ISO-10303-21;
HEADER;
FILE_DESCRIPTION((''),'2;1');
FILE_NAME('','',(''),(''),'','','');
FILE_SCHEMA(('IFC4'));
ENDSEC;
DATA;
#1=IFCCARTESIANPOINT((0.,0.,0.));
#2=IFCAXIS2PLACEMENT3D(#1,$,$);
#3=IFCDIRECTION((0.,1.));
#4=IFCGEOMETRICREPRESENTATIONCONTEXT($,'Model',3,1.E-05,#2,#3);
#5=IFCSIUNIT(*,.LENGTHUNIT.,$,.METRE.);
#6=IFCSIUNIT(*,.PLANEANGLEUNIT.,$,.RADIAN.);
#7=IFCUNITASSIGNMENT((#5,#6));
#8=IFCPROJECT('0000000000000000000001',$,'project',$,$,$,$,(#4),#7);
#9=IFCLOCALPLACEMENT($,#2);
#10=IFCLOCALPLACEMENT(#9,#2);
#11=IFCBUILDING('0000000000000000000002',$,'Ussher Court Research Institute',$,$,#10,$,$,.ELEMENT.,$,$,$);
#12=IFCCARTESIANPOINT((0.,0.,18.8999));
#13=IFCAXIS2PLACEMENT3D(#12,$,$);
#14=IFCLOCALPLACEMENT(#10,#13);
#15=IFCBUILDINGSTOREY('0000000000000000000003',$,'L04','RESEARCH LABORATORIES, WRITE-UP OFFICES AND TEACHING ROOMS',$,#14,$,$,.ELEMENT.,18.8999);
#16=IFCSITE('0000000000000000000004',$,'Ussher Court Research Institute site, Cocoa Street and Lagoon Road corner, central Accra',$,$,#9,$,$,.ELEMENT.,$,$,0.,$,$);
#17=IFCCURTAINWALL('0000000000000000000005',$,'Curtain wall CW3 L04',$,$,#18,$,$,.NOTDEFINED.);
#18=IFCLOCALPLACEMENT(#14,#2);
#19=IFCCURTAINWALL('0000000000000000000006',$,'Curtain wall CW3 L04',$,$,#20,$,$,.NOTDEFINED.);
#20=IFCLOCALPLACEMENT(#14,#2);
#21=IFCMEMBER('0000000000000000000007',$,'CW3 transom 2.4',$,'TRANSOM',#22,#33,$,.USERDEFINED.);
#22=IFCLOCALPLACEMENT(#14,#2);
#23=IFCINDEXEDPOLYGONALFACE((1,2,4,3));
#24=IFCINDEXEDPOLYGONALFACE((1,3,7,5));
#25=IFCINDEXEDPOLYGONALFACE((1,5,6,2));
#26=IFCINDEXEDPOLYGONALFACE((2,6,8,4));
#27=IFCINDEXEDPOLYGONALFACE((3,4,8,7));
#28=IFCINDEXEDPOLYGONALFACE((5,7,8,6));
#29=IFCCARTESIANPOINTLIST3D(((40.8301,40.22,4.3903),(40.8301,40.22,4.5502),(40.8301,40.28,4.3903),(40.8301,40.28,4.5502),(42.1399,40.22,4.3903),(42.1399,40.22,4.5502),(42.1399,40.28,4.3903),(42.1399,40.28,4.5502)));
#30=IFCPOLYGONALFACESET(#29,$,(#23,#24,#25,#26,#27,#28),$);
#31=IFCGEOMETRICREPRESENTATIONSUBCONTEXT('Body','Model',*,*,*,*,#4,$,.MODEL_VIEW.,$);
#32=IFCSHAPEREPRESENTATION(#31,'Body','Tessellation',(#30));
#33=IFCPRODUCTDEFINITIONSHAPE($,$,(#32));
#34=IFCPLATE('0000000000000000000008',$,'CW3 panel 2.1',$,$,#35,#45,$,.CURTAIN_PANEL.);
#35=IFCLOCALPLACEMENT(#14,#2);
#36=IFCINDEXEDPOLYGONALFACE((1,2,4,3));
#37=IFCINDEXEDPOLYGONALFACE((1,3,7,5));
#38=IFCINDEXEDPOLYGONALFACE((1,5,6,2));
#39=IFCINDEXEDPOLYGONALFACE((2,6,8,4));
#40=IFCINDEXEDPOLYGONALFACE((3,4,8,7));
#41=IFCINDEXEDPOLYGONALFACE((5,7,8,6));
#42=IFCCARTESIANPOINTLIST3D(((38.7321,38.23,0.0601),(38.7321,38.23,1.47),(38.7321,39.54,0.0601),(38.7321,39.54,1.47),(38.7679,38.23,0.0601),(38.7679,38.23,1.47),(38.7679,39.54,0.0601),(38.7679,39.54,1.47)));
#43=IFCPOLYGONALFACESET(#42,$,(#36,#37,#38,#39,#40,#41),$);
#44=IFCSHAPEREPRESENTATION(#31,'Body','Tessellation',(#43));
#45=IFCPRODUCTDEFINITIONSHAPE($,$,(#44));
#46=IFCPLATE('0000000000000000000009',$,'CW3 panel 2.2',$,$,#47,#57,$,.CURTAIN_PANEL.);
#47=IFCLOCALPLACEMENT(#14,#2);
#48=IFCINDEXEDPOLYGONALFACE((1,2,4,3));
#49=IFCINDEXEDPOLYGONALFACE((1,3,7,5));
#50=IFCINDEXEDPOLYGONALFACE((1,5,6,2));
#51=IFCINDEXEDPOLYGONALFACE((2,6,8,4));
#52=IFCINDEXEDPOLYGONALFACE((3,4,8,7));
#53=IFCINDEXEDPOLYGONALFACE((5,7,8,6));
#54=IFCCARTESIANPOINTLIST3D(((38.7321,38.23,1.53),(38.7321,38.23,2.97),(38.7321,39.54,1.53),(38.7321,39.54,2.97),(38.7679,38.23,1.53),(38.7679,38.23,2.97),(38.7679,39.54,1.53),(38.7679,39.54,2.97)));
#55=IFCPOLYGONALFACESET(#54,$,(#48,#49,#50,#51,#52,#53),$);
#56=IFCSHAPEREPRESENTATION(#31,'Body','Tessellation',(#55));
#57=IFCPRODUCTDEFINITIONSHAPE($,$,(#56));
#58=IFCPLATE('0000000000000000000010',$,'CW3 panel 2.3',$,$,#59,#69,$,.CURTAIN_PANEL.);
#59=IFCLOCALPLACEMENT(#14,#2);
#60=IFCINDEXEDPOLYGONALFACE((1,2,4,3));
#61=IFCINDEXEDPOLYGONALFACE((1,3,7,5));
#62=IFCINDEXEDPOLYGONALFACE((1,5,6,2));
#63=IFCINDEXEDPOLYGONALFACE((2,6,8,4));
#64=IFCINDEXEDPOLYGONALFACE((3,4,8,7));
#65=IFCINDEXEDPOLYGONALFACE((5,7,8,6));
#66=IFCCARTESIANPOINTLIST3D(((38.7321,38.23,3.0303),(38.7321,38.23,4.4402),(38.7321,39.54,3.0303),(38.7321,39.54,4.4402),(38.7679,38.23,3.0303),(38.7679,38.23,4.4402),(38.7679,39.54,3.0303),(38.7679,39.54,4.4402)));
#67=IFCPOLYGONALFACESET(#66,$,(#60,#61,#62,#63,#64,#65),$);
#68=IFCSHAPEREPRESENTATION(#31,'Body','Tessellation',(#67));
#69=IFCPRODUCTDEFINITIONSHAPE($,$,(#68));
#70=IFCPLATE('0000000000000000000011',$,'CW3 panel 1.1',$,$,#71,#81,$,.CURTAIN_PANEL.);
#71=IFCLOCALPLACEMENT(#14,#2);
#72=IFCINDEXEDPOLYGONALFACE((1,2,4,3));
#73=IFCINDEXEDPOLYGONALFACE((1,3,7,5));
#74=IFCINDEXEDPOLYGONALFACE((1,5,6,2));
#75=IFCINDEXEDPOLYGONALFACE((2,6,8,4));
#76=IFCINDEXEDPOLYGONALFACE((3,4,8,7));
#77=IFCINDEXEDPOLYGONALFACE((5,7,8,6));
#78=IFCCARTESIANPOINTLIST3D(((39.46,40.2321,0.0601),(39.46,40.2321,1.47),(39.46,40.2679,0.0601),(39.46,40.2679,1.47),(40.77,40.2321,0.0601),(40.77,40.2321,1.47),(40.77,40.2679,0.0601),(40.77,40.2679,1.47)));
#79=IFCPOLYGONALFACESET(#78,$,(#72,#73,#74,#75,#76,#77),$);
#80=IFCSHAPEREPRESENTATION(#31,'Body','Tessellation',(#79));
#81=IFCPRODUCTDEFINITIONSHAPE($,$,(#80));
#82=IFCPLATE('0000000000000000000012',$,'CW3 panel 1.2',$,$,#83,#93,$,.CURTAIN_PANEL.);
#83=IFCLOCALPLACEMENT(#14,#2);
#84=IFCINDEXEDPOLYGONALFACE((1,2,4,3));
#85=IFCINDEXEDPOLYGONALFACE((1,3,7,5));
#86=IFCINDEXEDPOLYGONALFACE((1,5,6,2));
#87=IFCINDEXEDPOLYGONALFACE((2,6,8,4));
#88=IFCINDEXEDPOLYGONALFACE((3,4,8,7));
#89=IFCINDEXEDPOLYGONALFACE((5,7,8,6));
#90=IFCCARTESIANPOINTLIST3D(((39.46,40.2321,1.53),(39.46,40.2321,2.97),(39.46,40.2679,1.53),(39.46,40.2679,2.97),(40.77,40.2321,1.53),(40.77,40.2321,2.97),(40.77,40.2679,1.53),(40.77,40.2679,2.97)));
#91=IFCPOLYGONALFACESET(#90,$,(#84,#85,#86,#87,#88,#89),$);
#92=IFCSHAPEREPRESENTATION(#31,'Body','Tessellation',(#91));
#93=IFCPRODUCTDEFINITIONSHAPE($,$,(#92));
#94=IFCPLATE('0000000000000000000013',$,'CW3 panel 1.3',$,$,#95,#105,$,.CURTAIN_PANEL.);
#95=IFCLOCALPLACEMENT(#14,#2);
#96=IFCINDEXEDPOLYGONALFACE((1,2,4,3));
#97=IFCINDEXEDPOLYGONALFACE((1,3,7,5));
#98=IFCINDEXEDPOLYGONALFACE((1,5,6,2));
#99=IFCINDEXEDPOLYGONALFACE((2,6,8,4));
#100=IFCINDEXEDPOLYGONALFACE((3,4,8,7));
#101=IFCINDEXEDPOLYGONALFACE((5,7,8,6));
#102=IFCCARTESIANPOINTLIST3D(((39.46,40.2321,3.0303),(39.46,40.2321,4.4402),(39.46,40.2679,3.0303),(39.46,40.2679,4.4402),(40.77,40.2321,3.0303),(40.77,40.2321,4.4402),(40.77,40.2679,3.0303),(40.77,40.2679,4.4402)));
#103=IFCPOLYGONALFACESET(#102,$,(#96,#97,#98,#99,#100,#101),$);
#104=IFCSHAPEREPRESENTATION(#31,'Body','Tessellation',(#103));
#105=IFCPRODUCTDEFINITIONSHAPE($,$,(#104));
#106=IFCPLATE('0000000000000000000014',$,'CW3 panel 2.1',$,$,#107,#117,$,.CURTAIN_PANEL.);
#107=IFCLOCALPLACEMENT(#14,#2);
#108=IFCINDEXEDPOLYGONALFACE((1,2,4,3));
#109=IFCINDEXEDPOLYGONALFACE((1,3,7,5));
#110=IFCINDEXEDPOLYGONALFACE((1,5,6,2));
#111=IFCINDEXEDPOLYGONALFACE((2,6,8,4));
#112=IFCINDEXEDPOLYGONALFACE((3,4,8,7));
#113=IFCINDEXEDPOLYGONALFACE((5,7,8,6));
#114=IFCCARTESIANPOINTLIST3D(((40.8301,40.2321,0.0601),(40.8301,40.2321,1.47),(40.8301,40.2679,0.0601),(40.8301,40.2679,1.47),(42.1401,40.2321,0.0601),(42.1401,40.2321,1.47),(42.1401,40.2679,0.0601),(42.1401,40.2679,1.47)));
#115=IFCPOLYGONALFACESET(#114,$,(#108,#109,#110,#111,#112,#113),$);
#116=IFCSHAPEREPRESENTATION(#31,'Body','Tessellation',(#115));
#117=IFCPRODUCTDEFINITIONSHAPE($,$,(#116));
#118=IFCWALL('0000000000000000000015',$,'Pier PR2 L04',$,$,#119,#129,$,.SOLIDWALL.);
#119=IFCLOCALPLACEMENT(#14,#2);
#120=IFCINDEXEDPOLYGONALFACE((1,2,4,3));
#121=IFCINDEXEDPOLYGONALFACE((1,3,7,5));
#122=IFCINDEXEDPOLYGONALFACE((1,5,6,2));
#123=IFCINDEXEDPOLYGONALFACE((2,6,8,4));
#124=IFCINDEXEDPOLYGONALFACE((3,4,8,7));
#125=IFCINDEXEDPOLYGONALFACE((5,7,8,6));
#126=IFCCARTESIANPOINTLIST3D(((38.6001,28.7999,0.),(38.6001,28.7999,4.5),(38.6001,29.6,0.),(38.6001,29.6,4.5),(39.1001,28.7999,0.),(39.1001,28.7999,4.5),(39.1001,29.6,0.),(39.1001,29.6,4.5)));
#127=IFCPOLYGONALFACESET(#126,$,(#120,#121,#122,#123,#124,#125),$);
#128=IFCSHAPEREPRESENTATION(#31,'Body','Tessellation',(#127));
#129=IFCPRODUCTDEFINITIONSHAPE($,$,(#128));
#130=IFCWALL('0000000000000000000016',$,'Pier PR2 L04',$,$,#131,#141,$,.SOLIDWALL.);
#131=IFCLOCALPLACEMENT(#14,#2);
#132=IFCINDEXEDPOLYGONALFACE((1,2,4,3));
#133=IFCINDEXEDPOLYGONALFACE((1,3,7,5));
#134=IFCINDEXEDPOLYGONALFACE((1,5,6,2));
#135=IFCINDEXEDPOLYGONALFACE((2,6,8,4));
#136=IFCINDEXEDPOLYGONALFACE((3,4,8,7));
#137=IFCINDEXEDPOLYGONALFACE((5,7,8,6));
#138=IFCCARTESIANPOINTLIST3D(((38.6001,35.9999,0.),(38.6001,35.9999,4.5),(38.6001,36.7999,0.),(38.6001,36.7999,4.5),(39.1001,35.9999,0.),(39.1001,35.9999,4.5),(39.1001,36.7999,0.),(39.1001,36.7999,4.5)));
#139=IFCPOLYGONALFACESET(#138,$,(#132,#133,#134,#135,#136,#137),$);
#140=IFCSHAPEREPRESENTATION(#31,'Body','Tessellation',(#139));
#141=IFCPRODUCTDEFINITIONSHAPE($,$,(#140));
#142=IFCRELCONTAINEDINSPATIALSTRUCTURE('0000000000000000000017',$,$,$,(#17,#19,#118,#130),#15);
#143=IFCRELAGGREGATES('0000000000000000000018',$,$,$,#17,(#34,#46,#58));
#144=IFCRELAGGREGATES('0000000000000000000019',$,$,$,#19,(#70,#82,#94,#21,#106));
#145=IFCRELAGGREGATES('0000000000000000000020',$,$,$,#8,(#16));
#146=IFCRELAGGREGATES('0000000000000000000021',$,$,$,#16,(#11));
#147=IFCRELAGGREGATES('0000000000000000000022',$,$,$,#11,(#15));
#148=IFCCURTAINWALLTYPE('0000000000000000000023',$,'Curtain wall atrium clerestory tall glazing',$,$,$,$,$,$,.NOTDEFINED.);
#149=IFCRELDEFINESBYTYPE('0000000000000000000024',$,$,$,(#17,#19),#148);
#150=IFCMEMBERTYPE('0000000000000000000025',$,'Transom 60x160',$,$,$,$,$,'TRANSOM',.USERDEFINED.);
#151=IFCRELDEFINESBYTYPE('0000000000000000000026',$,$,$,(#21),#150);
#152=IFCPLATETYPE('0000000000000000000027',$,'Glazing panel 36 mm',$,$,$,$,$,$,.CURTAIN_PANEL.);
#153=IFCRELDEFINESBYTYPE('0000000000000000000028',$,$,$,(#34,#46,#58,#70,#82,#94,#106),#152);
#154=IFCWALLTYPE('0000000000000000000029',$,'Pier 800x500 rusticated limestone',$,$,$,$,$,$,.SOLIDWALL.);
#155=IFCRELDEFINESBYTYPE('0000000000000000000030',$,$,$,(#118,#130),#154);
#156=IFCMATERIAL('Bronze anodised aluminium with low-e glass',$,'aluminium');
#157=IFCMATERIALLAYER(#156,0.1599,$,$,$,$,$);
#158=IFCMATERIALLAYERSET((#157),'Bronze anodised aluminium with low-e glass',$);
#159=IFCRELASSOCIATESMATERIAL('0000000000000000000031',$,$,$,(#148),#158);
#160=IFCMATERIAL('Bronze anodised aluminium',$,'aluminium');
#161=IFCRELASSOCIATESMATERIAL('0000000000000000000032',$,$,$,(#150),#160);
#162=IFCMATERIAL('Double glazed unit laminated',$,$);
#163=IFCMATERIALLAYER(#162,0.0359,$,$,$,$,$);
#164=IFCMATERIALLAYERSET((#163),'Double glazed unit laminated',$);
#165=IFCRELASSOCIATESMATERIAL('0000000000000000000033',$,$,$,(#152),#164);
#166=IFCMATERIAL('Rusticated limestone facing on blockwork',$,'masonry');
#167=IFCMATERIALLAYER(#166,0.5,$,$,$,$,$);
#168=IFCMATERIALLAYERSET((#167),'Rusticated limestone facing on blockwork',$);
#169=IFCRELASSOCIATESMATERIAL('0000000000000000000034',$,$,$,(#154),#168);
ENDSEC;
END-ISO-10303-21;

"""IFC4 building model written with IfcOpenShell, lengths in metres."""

from ifc_helpers import new_model, si_unit, direction, frame, frame_2d, origin, origin_2d, place, context, subcontext, project, spatial, rectangle, extrude, material, layer, layer_set, material_profile, profile_set, type_object, element, aggregate, save


model = new_model("IFC4")

# Units and contexts
model_context = context("Model", 3, precision=1e-05, world=origin(), true_north=direction((0.0, 1.0)))
body_context = subcontext(model_context, "Body", "Model", "MODEL_VIEW")
ifc_project = project(units=[si_unit("LENGTHUNIT", "METRE"), si_unit("PLANEANGLEUNIT", "RADIAN")], contexts=[model_context])

# Site, building, storey
site_placement = place(None, origin())
site = spatial("IfcSite", under=ifc_project, at=site_placement, Name="Ussher Court Research Institute site, Cocoa Street and Lagoon Road corner, central Accra", CompositionType="ELEMENT", RefElevation=0.0)
building_placement = place(site_placement, origin())
building = spatial("IfcBuilding", under=site, at=building_placement, Name="Ussher Court Research Institute", CompositionType="ELEMENT")
storey_placement = place(building_placement, frame((0.0, 0.0, 18.8999)))
storey = spatial("IfcBuildingStorey", under=building, at=storey_placement, Name="L04", Description="RESEARCH LABORATORIES, WRITE-UP OFFICES AND TEACHING ROOMS", CompositionType="ELEMENT", Elevation=18.8999)

# Curtain wall
ifc_material_1 = material(Name="Bronze anodised aluminium with low-e glass", Category="aluminium")
ifc_layer_1 = layer(ifc_material_1, 0.1599)
ifc_layer_set_1 = layer_set([ifc_layer_1], Name="Bronze anodised aluminium with low-e glass")
curtain_wall_type = type_object("IfcCurtainWallType", Name="Curtain wall atrium clerestory tall glazing", PredefinedType="NOTDEFINED", material=ifc_layer_set_1)
curtain_wall_1_placement = place(storey_placement, origin())
curtain_wall_1 = element("IfcCurtainWall", 1, at=curtain_wall_1_placement, inside=storey, type_object=curtain_wall_type, Name="Curtain wall CW3 L04", PredefinedType="NOTDEFINED")

# Curtain wall
curtain_wall_2_placement = place(storey_placement, origin())
curtain_wall_2 = element("IfcCurtainWall", 2, at=curtain_wall_2_placement, inside=storey, type_object=curtain_wall_type, Name="Curtain wall CW3 L04", PredefinedType="NOTDEFINED")

# Member
ifc_material_2 = material(Name="Bronze anodised aluminium", Category="aluminium")
ifc_material_profile_1 = material_profile(ifc_material_2, rectangle(XDim=0.0601, YDim=0.1599, at=origin_2d()), Name="Transom 60x160")
ifc_profile_set_1 = profile_set([ifc_material_profile_1], Name="Bronze anodised aluminium")
member_type_1 = type_object("IfcMemberType", Name="Transom 60x160", ElementType="TRANSOM", PredefinedType="USERDEFINED", material=ifc_profile_set_1)
member_1_placement = place(storey_placement, frame((40.8301, 40.25, 4.4702), z_axis=(1.0, 0.0, 0.0), x_axis=(0.0, 1.0, 0.0)))
member_1 = element("IfcMember", 3, at=member_1_placement, type_object=member_type_1, Name="CW3 transom 2.4", ObjectType="TRANSOM", PredefinedType="USERDEFINED", context=body_context, shape_type="SweptSolid", body=[
    extrude(rectangle(XDim=0.0601, YDim=0.1599, at=origin_2d()), origin(), (0.0, 0.0, 1.0), 1.3098),
])

# Plates
ifc_material_3 = material(Name="Double glazed unit laminated")
ifc_layer_2 = layer(ifc_material_3, 0.0359)
ifc_layer_set_2 = layer_set([ifc_layer_2], Name="Double glazed unit laminated")
plate_type = type_object("IfcPlateType", Name="Glazing panel 36 mm", PredefinedType="CURTAIN_PANEL", material=ifc_layer_set_2)
plate_1_placement = place(storey_placement, frame((38.75, 38.885, 0.0601), z_axis=(0.0, 0.0, 1.0), x_axis=(0.0, 1.0, 0.0)))
plate_1 = element("IfcPlate", 4, at=plate_1_placement, type_object=plate_type, Name="CW3 panel 2.1", PredefinedType="CURTAIN_PANEL", context=body_context, shape_type="SweptSolid", body=[
    extrude(rectangle(XDim=1.3101, YDim=0.0359, at=origin_2d()), origin(), (0.0, 0.0, 1.0), 1.4099),
])
plate_2_placement = place(storey_placement, frame((38.75, 38.885, 1.53), z_axis=(0.0, 0.0, 1.0), x_axis=(0.0, 1.0, 0.0)))
plate_2 = element("IfcPlate", 5, at=plate_2_placement, type_object=plate_type, Name="CW3 panel 2.2", PredefinedType="CURTAIN_PANEL", context=body_context, shape_type="SweptSolid", body=[
    extrude(rectangle(XDim=1.3101, YDim=0.0359, at=origin_2d()), origin(), (0.0, 0.0, 1.0), 1.4399),
])
plate_3_placement = place(storey_placement, frame((38.75, 38.885, 3.0303), z_axis=(0.0, 0.0, 1.0), x_axis=(0.0, 1.0, 0.0)))
plate_3 = element("IfcPlate", 6, at=plate_3_placement, type_object=plate_type, Name="CW3 panel 2.3", PredefinedType="CURTAIN_PANEL", context=body_context, shape_type="SweptSolid", body=[
    extrude(rectangle(XDim=1.3101, YDim=0.0359, at=origin_2d()), origin(), (0.0, 0.0, 1.0), 1.4099),
])
aggregate(curtain_wall_1, [plate_1, plate_2, plate_3])
plate_4_placement = place(storey_placement, frame((40.115, 40.25, 0.0601), z_axis=(0.0, 0.0, 1.0), x_axis=(1.0, 0.0, 0.0)))
plate_4 = element("IfcPlate", 7, at=plate_4_placement, type_object=plate_type, Name="CW3 panel 1.1", PredefinedType="CURTAIN_PANEL", context=body_context, shape_type="SweptSolid", body=[
    extrude(rectangle(XDim=1.3101, YDim=0.0359, at=origin_2d()), origin(), (0.0, 0.0, 1.0), 1.4099),
])
plate_5_placement = place(storey_placement, frame((40.115, 40.25, 1.53), z_axis=(0.0, 0.0, 1.0), x_axis=(1.0, 0.0, 0.0)))
plate_5 = element("IfcPlate", 8, at=plate_5_placement, type_object=plate_type, Name="CW3 panel 1.2", PredefinedType="CURTAIN_PANEL", context=body_context, shape_type="SweptSolid", body=[
    extrude(rectangle(XDim=1.3101, YDim=0.0359, at=origin_2d()), origin(), (0.0, 0.0, 1.0), 1.4399),
])
plate_6_placement = place(storey_placement, frame((40.115, 40.25, 3.0303), z_axis=(0.0, 0.0, 1.0), x_axis=(1.0, 0.0, 0.0)))
plate_6 = element("IfcPlate", 9, at=plate_6_placement, type_object=plate_type, Name="CW3 panel 1.3", PredefinedType="CURTAIN_PANEL", context=body_context, shape_type="SweptSolid", body=[
    extrude(rectangle(XDim=1.3101, YDim=0.0359, at=origin_2d()), origin(), (0.0, 0.0, 1.0), 1.4099),
])
plate_7_placement = place(storey_placement, frame((41.4851, 40.25, 0.0601), z_axis=(0.0, 0.0, 1.0), x_axis=(1.0, 0.0, 0.0)))
plate_7 = element("IfcPlate", 10, at=plate_7_placement, type_object=plate_type, Name="CW3 panel 2.1", PredefinedType="CURTAIN_PANEL", context=body_context, shape_type="SweptSolid", body=[
    extrude(rectangle(XDim=1.3101, YDim=0.0359, at=origin_2d()), origin(), (0.0, 0.0, 1.0), 1.4099),
])
aggregate(curtain_wall_2, [plate_4, plate_5, plate_6, member_1, plate_7])

# Walls
ifc_material_4 = material(Name="Rusticated limestone facing on blockwork", Category="masonry")
ifc_layer_3 = layer(ifc_material_4, 0.5)
ifc_layer_set_3 = layer_set([ifc_layer_3], Name="Rusticated limestone facing on blockwork")
wall_type = type_object("IfcWallType", Name="Pier 800x500 rusticated limestone", PredefinedType="SOLIDWALL", material=ifc_layer_set_3)
for number, where, z_axis, x_axis, name in (
    (11, (38.8501, 28.8, 0.0), (0.0, 0.0, 1.0), (0.0, 1.0, 0.0), "Pier PR2 L04"),
    (12, (38.8501, 36.0, 0.0), (0.0, 0.0, 1.0), (0.0, 1.0, 0.0), "Pier PR2 L04"),
):
    element("IfcWall", number, at=place(storey_placement, frame(where, z_axis=z_axis, x_axis=x_axis)), inside=storey, type_object=wall_type, Name=name, PredefinedType="SOLIDWALL", context=body_context, shape_type="SweptSolid", body=[
        extrude(rectangle(XDim=0.8, YDim=0.5, at=frame_2d((0.3999, 0.0))), origin(), (0.0, 0.0, 1.0), 4.5),
    ])

save(model, "model.ifc")
